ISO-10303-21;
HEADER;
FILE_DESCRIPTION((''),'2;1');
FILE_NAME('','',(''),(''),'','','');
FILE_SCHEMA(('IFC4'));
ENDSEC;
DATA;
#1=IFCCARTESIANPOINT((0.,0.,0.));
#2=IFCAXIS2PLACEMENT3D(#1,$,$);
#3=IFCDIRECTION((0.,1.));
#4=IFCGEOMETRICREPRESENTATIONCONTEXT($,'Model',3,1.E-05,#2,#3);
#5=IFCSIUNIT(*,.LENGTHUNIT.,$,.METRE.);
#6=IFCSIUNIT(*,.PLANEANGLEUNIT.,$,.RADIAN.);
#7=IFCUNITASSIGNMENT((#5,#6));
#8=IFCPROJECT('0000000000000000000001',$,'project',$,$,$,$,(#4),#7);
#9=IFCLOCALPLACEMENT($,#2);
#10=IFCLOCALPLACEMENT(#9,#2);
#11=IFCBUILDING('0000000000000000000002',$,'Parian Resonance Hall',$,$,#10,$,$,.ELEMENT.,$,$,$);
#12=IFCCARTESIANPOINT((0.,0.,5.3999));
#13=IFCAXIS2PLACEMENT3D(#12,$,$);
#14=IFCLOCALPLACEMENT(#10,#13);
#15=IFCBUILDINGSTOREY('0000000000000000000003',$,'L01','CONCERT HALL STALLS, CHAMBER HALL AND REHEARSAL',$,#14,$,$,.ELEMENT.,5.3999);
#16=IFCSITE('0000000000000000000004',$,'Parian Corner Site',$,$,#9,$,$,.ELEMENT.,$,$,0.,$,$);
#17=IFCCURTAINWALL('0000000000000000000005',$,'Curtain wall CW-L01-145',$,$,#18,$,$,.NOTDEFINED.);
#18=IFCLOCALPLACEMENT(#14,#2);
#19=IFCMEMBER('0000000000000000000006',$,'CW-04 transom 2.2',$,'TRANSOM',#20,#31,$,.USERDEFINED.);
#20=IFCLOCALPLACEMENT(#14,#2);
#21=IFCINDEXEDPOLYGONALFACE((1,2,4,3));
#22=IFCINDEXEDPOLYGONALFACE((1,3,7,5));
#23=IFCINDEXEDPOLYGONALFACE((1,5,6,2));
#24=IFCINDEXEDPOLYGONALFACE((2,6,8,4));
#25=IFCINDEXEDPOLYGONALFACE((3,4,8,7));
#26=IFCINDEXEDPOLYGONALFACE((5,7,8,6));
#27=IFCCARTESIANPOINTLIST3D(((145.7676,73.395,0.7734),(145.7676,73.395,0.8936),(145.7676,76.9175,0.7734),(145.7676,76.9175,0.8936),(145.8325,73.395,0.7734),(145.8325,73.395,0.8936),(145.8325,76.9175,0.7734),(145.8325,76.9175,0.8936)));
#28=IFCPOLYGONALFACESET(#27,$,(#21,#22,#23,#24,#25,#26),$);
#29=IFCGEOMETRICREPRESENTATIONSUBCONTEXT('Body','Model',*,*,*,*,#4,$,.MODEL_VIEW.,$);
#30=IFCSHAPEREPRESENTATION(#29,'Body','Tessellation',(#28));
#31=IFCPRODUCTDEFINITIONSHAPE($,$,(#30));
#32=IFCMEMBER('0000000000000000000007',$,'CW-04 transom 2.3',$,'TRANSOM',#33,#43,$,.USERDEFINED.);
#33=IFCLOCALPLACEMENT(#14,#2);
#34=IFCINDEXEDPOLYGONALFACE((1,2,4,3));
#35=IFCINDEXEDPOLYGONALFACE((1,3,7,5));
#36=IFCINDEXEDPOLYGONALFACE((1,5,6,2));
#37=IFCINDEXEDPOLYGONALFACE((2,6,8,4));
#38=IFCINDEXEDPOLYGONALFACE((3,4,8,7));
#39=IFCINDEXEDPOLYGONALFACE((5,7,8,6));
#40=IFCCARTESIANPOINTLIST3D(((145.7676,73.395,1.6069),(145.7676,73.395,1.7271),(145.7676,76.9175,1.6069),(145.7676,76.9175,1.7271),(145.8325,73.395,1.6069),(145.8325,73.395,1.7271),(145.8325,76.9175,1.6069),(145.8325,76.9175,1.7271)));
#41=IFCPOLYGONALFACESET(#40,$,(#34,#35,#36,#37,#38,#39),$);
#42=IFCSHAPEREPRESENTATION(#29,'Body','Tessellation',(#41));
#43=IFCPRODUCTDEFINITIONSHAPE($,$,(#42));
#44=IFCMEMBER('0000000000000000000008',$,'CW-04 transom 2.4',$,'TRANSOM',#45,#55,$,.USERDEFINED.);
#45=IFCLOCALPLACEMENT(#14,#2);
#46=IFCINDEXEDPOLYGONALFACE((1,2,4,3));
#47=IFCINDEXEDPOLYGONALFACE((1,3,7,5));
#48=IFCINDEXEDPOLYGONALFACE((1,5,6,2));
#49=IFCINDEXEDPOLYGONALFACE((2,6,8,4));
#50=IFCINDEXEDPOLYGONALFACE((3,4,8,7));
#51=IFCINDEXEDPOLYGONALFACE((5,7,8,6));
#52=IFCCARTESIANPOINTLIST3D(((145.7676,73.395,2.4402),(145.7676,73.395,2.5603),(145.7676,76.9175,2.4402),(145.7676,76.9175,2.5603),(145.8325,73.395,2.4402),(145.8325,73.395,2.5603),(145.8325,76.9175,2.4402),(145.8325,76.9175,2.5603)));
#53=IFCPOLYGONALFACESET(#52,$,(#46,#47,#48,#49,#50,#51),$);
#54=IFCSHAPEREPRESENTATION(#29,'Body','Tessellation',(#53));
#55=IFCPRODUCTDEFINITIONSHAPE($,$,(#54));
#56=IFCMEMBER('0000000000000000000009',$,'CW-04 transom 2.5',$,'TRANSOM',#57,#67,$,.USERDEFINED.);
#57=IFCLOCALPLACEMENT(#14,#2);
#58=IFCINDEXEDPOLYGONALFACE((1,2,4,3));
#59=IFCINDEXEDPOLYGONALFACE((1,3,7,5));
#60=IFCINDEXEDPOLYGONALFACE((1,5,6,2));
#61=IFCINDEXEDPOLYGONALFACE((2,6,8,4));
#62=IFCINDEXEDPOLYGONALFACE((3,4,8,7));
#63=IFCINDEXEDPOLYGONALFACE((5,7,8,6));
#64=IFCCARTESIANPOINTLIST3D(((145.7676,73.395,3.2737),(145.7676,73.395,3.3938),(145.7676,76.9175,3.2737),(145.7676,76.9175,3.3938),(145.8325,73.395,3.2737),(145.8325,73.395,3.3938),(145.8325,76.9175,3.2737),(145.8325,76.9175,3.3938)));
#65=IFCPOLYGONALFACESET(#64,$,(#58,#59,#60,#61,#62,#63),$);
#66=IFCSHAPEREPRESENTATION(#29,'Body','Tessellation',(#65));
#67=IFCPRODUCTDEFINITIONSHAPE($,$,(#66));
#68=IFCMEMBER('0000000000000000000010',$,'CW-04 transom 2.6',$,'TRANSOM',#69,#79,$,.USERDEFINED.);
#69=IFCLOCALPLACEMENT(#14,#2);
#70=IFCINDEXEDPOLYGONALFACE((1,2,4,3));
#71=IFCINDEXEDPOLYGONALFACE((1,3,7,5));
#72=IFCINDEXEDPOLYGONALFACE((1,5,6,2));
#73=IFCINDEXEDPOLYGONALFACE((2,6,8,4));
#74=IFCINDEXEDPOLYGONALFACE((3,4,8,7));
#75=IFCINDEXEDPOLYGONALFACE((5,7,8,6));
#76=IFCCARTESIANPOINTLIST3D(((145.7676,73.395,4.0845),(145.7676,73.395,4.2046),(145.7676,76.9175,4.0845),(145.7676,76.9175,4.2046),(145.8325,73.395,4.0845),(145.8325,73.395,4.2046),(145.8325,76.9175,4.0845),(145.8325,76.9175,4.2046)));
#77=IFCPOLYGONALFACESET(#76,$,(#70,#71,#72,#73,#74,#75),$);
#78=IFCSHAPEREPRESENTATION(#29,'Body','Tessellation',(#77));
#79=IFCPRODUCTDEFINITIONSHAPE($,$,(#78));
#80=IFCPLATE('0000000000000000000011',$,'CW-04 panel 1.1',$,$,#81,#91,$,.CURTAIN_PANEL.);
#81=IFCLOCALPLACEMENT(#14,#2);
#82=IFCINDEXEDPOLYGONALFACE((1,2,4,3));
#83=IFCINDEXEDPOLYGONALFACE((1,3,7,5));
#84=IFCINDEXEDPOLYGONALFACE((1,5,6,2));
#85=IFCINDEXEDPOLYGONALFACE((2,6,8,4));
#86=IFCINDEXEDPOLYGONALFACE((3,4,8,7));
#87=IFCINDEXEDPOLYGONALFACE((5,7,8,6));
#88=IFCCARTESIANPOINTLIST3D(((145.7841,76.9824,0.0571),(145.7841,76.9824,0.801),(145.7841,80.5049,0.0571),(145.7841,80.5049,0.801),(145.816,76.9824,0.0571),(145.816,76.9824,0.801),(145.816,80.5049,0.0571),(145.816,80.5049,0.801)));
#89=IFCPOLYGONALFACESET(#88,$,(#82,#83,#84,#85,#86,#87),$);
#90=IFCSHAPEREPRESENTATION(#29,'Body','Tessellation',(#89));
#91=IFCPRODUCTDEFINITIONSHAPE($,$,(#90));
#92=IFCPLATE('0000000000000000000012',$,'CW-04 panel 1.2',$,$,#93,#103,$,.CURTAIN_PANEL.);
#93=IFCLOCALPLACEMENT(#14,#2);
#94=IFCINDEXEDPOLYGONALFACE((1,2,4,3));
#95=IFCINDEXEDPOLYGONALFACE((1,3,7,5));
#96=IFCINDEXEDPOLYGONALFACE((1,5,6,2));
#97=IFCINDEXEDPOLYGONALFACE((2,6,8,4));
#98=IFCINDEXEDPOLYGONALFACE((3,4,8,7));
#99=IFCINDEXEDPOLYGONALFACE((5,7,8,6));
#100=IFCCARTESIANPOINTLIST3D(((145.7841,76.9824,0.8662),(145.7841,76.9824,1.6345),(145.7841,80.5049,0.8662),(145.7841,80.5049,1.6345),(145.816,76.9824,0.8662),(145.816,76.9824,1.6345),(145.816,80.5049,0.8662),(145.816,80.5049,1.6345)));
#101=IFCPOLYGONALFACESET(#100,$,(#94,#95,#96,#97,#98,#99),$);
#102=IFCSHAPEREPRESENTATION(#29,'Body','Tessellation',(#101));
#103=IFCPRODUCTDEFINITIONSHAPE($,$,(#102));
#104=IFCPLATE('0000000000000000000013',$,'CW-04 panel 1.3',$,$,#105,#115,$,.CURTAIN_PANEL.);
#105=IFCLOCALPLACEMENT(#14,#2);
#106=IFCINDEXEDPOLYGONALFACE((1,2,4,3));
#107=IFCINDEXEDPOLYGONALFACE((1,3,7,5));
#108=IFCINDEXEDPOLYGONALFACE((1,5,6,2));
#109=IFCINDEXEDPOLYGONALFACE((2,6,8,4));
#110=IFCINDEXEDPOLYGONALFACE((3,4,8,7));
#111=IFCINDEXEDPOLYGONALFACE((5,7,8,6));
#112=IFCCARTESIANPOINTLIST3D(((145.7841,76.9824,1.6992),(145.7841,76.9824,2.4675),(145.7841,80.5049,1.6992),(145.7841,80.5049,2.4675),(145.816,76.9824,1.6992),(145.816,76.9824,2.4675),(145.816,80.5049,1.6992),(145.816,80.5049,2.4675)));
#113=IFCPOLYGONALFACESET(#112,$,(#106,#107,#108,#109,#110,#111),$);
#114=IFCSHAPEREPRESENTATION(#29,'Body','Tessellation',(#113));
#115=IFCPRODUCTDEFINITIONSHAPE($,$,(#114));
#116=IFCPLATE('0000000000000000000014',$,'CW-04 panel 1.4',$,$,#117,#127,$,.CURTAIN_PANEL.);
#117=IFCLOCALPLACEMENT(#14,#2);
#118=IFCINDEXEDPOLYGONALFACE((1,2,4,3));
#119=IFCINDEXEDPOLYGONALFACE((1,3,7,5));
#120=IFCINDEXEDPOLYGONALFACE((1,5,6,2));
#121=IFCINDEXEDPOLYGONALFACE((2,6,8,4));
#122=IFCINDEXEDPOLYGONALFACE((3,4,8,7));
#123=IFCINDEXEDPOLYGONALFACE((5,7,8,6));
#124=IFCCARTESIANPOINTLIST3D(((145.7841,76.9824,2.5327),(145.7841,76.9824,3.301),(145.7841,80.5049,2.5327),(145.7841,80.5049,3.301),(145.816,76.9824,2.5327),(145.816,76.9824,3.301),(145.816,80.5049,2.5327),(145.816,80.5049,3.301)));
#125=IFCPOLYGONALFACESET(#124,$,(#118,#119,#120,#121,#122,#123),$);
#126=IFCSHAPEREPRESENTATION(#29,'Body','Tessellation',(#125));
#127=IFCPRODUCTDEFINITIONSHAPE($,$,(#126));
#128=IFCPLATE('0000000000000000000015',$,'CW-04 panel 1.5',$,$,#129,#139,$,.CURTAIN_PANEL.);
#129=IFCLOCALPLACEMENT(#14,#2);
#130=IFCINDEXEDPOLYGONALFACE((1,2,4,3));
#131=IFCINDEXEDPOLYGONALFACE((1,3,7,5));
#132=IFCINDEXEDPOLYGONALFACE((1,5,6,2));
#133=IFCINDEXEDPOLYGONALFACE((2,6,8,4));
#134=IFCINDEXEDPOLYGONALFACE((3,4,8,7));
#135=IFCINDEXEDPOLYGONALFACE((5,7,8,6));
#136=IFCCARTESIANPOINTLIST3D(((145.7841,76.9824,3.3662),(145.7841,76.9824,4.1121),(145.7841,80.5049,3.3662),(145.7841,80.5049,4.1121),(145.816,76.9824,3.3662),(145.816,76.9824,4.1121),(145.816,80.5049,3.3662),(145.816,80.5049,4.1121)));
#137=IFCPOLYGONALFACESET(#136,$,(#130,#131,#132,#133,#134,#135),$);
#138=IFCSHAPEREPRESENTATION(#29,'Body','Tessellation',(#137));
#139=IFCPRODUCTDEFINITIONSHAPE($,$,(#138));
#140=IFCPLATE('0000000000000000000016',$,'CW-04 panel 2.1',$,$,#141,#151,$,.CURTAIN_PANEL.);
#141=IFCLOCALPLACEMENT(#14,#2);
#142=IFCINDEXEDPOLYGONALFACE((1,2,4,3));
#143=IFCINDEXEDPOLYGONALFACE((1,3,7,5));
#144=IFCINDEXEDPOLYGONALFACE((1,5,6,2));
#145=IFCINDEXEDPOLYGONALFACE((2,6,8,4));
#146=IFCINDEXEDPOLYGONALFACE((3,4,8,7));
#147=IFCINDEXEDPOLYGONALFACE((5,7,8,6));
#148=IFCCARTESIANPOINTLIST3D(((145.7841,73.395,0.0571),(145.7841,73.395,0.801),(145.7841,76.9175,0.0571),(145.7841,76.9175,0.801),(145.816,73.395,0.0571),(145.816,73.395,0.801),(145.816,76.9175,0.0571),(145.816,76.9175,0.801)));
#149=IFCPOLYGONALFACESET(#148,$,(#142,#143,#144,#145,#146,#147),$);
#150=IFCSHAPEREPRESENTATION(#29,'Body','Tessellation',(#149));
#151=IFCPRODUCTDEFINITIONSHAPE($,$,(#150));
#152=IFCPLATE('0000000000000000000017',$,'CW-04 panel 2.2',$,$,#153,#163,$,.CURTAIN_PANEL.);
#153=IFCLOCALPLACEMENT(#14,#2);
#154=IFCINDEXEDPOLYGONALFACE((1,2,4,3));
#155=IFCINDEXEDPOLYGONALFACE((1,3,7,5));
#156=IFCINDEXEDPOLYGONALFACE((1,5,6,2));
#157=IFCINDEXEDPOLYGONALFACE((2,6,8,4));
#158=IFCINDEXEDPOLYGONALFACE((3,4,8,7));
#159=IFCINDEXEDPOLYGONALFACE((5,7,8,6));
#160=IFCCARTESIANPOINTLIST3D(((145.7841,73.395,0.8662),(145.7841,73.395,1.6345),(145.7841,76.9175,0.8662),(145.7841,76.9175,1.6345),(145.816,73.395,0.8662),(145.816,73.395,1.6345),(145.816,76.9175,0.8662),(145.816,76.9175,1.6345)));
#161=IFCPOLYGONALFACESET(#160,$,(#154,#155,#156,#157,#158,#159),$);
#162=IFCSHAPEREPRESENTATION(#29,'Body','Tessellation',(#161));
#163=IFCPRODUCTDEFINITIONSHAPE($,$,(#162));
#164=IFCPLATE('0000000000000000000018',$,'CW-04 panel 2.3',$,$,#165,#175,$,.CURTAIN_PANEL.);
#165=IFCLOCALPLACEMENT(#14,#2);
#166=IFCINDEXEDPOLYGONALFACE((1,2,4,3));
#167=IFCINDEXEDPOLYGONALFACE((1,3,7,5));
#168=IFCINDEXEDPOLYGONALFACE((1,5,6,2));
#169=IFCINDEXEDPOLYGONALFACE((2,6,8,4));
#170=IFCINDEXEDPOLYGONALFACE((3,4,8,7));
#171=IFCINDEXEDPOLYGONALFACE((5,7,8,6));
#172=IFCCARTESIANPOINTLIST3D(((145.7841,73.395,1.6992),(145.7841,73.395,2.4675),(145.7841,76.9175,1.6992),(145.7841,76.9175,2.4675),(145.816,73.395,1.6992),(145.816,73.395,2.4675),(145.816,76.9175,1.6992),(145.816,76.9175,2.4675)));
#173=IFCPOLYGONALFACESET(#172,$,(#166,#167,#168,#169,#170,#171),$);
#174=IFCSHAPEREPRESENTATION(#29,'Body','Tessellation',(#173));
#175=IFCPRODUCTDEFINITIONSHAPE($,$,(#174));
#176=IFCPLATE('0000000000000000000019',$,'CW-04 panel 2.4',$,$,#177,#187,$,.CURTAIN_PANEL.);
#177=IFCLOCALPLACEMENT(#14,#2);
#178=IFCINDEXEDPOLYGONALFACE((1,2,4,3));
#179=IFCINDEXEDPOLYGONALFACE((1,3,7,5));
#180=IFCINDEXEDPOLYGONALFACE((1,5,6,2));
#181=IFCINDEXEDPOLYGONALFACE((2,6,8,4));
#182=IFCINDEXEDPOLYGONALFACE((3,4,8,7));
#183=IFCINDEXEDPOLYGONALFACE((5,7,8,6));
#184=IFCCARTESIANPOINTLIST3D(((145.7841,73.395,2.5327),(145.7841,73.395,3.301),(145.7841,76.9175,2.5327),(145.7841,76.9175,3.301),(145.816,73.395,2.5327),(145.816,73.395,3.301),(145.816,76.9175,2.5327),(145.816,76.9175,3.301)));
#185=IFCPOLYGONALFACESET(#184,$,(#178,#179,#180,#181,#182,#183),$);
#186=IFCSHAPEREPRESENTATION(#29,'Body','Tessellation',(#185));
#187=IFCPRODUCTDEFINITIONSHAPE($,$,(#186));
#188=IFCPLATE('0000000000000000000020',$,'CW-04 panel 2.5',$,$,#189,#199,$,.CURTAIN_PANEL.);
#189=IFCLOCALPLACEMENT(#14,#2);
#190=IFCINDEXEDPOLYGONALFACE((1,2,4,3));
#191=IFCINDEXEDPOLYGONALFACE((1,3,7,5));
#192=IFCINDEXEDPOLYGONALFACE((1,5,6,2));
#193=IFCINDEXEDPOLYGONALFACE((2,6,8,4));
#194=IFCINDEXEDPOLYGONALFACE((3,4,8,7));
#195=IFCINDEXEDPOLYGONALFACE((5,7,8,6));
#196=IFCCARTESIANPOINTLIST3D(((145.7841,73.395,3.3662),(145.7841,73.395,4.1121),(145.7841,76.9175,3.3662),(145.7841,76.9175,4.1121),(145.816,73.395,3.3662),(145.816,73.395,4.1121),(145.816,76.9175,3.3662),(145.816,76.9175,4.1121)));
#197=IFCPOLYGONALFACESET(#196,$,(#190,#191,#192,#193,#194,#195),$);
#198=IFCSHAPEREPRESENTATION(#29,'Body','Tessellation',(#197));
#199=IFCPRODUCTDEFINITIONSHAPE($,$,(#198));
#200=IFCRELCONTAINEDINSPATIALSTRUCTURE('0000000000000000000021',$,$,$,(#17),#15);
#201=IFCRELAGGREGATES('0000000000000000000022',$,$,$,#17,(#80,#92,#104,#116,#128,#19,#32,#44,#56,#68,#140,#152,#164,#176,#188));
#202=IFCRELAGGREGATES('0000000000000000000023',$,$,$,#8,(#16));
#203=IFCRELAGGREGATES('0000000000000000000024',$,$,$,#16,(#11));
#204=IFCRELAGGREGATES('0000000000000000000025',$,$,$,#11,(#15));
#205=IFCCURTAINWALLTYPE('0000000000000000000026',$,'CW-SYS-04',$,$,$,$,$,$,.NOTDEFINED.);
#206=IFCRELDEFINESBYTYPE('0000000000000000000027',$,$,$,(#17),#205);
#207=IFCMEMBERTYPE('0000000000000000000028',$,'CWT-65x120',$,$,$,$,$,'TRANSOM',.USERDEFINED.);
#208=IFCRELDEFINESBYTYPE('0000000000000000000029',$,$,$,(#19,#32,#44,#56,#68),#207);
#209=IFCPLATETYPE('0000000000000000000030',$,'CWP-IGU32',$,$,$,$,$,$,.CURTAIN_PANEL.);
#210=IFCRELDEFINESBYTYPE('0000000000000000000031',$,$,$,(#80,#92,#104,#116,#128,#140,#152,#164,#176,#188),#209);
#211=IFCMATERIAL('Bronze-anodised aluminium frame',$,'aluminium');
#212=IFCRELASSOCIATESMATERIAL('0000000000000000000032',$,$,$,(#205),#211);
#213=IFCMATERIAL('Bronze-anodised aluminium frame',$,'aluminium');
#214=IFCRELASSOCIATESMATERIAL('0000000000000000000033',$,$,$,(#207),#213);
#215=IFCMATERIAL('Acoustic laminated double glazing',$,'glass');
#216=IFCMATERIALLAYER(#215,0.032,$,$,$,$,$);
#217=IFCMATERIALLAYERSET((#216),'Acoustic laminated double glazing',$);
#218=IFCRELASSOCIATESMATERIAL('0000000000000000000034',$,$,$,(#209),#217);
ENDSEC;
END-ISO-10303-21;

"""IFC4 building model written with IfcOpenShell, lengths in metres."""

from ifc_helpers import new_model, si_unit, direction, frame, origin, origin_2d, place, context, subcontext, project, spatial, rectangle, extrude, material, layer, layer_set, material_profile, profile_set, type_object, element, aggregate, save


model = new_model("IFC4")

# Units and contexts
model_context = context("Model", 3, precision=1e-05, world=origin(), true_north=direction((0.0, 1.0)))
body_context = subcontext(model_context, "Body", "Model", "MODEL_VIEW")
ifc_project = project(units=[si_unit("LENGTHUNIT", "METRE"), si_unit("PLANEANGLEUNIT", "RADIAN")], contexts=[model_context])

# Site, building, storey
site_placement = place(None, origin())
site = spatial("IfcSite", under=ifc_project, at=site_placement, Name="Parian Corner Site", CompositionType="ELEMENT", RefElevation=0.0)
building_placement = place(site_placement, origin())
building = spatial("IfcBuilding", under=site, at=building_placement, Name="Parian Resonance Hall", CompositionType="ELEMENT")
storey_placement = place(building_placement, frame((0.0, 0.0, 5.3999)))
storey = spatial("IfcBuildingStorey", under=building, at=storey_placement, Name="L01", Description="CONCERT HALL STALLS, CHAMBER HALL AND REHEARSAL", CompositionType="ELEMENT", Elevation=5.3999)

# Curtain wall, members, plates
ifc_material_1 = material(Name="Bronze-anodised aluminium frame", Category="aluminium")
curtain_wall_type = type_object("IfcCurtainWallType", Name="CW-SYS-04", PredefinedType="NOTDEFINED", material=ifc_material_1)
curtain_wall_placement = place(storey_placement, origin())
curtain_wall = element("IfcCurtainWall", 1, at=curtain_wall_placement, inside=storey, type_object=curtain_wall_type, Name="Curtain wall CW-L01-145", PredefinedType="NOTDEFINED")
ifc_material_2 = material(Name="Bronze-anodised aluminium frame", Category="aluminium")
ifc_material_profile_1 = material_profile(ifc_material_2, rectangle(XDim=0.0649, YDim=0.1201, at=origin_2d()), Name="CWT-65x120")
ifc_profile_set_1 = profile_set([ifc_material_profile_1], Name="Bronze-anodised aluminium frame")
member_type_1 = type_object("IfcMemberType", Name="CWT-65x120", ElementType="TRANSOM", PredefinedType="USERDEFINED", material=ifc_profile_set_1)
member_1_placement = place(storey_placement, frame((145.8, 76.9175, 0.8335), z_axis=(0.0, -1.0, 0.0), x_axis=(1.0, 0.0, 0.0)))
member_1 = element("IfcMember", 2, at=member_1_placement, type_object=member_type_1, Name="CW-04 transom 2.2", ObjectType="TRANSOM", PredefinedType="USERDEFINED", context=body_context, shape_type="SweptSolid", body=[
    extrude(rectangle(XDim=0.0649, YDim=0.1201, at=origin_2d()), origin(), (0.0, 0.0, 1.0), 3.5225),
])
member_2_placement = place(storey_placement, frame((145.8, 76.9175, 1.667), z_axis=(0.0, -1.0, 0.0), x_axis=(1.0, 0.0, 0.0)))
member_2 = element("IfcMember", 3, at=member_2_placement, type_object=member_type_1, Name="CW-04 transom 2.3", ObjectType="TRANSOM", PredefinedType="USERDEFINED", context=body_context, shape_type="SweptSolid", body=[
    extrude(rectangle(XDim=0.0649, YDim=0.1201, at=origin_2d()), origin(), (0.0, 0.0, 1.0), 3.5225),
])
member_3_placement = place(storey_placement, frame((145.8, 76.9175, 2.5002), z_axis=(0.0, -1.0, 0.0), x_axis=(1.0, 0.0, 0.0)))
member_3 = element("IfcMember", 4, at=member_3_placement, type_object=member_type_1, Name="CW-04 transom 2.4", ObjectType="TRANSOM", PredefinedType="USERDEFINED", context=body_context, shape_type="SweptSolid", body=[
    extrude(rectangle(XDim=0.0649, YDim=0.1201, at=origin_2d()), origin(), (0.0, 0.0, 1.0), 3.5225),
])
member_4_placement = place(storey_placement, frame((145.8, 76.9175, 3.3337), z_axis=(0.0, -1.0, 0.0), x_axis=(1.0, 0.0, 0.0)))
member_4 = element("IfcMember", 5, at=member_4_placement, type_object=member_type_1, Name="CW-04 transom 2.5", ObjectType="TRANSOM", PredefinedType="USERDEFINED", context=body_context, shape_type="SweptSolid", body=[
    extrude(rectangle(XDim=0.0649, YDim=0.1201, at=origin_2d()), origin(), (0.0, 0.0, 1.0), 3.5225),
])
member_5_placement = place(storey_placement, frame((145.8, 76.9175, 4.1445), z_axis=(0.0, -1.0, 0.0), x_axis=(1.0, 0.0, 0.0)))
member_5 = element("IfcMember", 6, at=member_5_placement, type_object=member_type_1, Name="CW-04 transom 2.6", ObjectType="TRANSOM", PredefinedType="USERDEFINED", context=body_context, shape_type="SweptSolid", body=[
    extrude(rectangle(XDim=0.0649, YDim=0.1201, at=origin_2d()), origin(), (0.0, 0.0, 1.0), 3.5225),
])
ifc_material_3 = material(Name="Acoustic laminated double glazing", Category="glass")
ifc_layer_1 = layer(ifc_material_3, 0.032)
ifc_layer_set_1 = layer_set([ifc_layer_1], Name="Acoustic laminated double glazing")
plate_type = type_object("IfcPlateType", Name="CWP-IGU32", PredefinedType="CURTAIN_PANEL", material=ifc_layer_set_1)
plate_1_placement = place(storey_placement, frame((145.8, 78.7437, 0.0571), z_axis=(0.0, 0.0, 1.0), x_axis=(0.0, -1.0, 0.0)))
plate_1 = element("IfcPlate", 7, at=plate_1_placement, type_object=plate_type, Name="CW-04 panel 1.1", PredefinedType="CURTAIN_PANEL", context=body_context, shape_type="SweptSolid", body=[
    extrude(rectangle(XDim=3.5225, YDim=0.032, at=origin_2d()), origin(), (0.0, 0.0, 1.0), 0.7439),
])
plate_2_placement = place(storey_placement, frame((145.8, 78.7437, 0.8662), z_axis=(0.0, 0.0, 1.0), x_axis=(0.0, -1.0, 0.0)))
plate_2 = element("IfcPlate", 8, at=plate_2_placement, type_object=plate_type, Name="CW-04 panel 1.2", PredefinedType="CURTAIN_PANEL", context=body_context, shape_type="SweptSolid", body=[
    extrude(rectangle(XDim=3.5225, YDim=0.032, at=origin_2d()), origin(), (0.0, 0.0, 1.0), 0.7683),
])
plate_3_placement = place(storey_placement, frame((145.8, 78.7437, 1.6992), z_axis=(0.0, 0.0, 1.0), x_axis=(0.0, -1.0, 0.0)))
plate_3 = element("IfcPlate", 9, at=plate_3_placement, type_object=plate_type, Name="CW-04 panel 1.3", PredefinedType="CURTAIN_PANEL", context=body_context, shape_type="SweptSolid", body=[
    extrude(rectangle(XDim=3.5225, YDim=0.032, at=origin_2d()), origin(), (0.0, 0.0, 1.0), 0.7683),
])
plate_4_placement = place(storey_placement, frame((145.8, 78.7437, 2.5327), z_axis=(0.0, 0.0, 1.0), x_axis=(0.0, -1.0, 0.0)))
plate_4 = element("IfcPlate", 10, at=plate_4_placement, type_object=plate_type, Name="CW-04 panel 1.4", PredefinedType="CURTAIN_PANEL", context=body_context, shape_type="SweptSolid", body=[
    extrude(rectangle(XDim=3.5225, YDim=0.032, at=origin_2d()), origin(), (0.0, 0.0, 1.0), 0.7683),
])
plate_5_placement = place(storey_placement, frame((145.8, 78.7437, 3.3662), z_axis=(0.0, 0.0, 1.0), x_axis=(0.0, -1.0, 0.0)))
plate_5 = element("IfcPlate", 11, at=plate_5_placement, type_object=plate_type, Name="CW-04 panel 1.5", PredefinedType="CURTAIN_PANEL", context=body_context, shape_type="SweptSolid", body=[
    extrude(rectangle(XDim=3.5225, YDim=0.032, at=origin_2d()), origin(), (0.0, 0.0, 1.0), 0.7458),
])
plate_6_placement = place(storey_placement, frame((145.8, 75.1562, 0.0571), z_axis=(0.0, 0.0, 1.0), x_axis=(0.0, -1.0, 0.0)))
plate_6 = element("IfcPlate", 12, at=plate_6_placement, type_object=plate_type, Name="CW-04 panel 2.1", PredefinedType="CURTAIN_PANEL", context=body_context, shape_type="SweptSolid", body=[
    extrude(rectangle(XDim=3.5225, YDim=0.032, at=origin_2d()), origin(), (0.0, 0.0, 1.0), 0.7439),
])
plate_7_placement = place(storey_placement, frame((145.8, 75.1562, 0.8662), z_axis=(0.0, 0.0, 1.0), x_axis=(0.0, -1.0, 0.0)))
plate_7 = element("IfcPlate", 13, at=plate_7_placement, type_object=plate_type, Name="CW-04 panel 2.2", PredefinedType="CURTAIN_PANEL", context=body_context, shape_type="SweptSolid", body=[
    extrude(rectangle(XDim=3.5225, YDim=0.032, at=origin_2d()), origin(), (0.0, 0.0, 1.0), 0.7683),
])
plate_8_placement = place(storey_placement, frame((145.8, 75.1562, 1.6992), z_axis=(0.0, 0.0, 1.0), x_axis=(0.0, -1.0, 0.0)))
plate_8 = element("IfcPlate", 14, at=plate_8_placement, type_object=plate_type, Name="CW-04 panel 2.3", PredefinedType="CURTAIN_PANEL", context=body_context, shape_type="SweptSolid", body=[
    extrude(rectangle(XDim=3.5225, YDim=0.032, at=origin_2d()), origin(), (0.0, 0.0, 1.0), 0.7683),
])
plate_9_placement = place(storey_placement, frame((145.8, 75.1562, 2.5327), z_axis=(0.0, 0.0, 1.0), x_axis=(0.0, -1.0, 0.0)))
plate_9 = element("IfcPlate", 15, at=plate_9_placement, type_object=plate_type, Name="CW-04 panel 2.4", PredefinedType="CURTAIN_PANEL", context=body_context, shape_type="SweptSolid", body=[
    extrude(rectangle(XDim=3.5225, YDim=0.032, at=origin_2d()), origin(), (0.0, 0.0, 1.0), 0.7683),
])
plate_10_placement = place(storey_placement, frame((145.8, 75.1562, 3.3662), z_axis=(0.0, 0.0, 1.0), x_axis=(0.0, -1.0, 0.0)))
plate_10 = element("IfcPlate", 16, at=plate_10_placement, type_object=plate_type, Name="CW-04 panel 2.5", PredefinedType="CURTAIN_PANEL", context=body_context, shape_type="SweptSolid", body=[
    extrude(rectangle(XDim=3.5225, YDim=0.032, at=origin_2d()), origin(), (0.0, 0.0, 1.0), 0.7458),
])
aggregate(curtain_wall, [plate_1, plate_2, plate_3, plate_4, plate_5, member_1, member_2, member_3, member_4, member_5, plate_6, plate_7, plate_8, plate_9, plate_10])

save(model, "model.ifc")
